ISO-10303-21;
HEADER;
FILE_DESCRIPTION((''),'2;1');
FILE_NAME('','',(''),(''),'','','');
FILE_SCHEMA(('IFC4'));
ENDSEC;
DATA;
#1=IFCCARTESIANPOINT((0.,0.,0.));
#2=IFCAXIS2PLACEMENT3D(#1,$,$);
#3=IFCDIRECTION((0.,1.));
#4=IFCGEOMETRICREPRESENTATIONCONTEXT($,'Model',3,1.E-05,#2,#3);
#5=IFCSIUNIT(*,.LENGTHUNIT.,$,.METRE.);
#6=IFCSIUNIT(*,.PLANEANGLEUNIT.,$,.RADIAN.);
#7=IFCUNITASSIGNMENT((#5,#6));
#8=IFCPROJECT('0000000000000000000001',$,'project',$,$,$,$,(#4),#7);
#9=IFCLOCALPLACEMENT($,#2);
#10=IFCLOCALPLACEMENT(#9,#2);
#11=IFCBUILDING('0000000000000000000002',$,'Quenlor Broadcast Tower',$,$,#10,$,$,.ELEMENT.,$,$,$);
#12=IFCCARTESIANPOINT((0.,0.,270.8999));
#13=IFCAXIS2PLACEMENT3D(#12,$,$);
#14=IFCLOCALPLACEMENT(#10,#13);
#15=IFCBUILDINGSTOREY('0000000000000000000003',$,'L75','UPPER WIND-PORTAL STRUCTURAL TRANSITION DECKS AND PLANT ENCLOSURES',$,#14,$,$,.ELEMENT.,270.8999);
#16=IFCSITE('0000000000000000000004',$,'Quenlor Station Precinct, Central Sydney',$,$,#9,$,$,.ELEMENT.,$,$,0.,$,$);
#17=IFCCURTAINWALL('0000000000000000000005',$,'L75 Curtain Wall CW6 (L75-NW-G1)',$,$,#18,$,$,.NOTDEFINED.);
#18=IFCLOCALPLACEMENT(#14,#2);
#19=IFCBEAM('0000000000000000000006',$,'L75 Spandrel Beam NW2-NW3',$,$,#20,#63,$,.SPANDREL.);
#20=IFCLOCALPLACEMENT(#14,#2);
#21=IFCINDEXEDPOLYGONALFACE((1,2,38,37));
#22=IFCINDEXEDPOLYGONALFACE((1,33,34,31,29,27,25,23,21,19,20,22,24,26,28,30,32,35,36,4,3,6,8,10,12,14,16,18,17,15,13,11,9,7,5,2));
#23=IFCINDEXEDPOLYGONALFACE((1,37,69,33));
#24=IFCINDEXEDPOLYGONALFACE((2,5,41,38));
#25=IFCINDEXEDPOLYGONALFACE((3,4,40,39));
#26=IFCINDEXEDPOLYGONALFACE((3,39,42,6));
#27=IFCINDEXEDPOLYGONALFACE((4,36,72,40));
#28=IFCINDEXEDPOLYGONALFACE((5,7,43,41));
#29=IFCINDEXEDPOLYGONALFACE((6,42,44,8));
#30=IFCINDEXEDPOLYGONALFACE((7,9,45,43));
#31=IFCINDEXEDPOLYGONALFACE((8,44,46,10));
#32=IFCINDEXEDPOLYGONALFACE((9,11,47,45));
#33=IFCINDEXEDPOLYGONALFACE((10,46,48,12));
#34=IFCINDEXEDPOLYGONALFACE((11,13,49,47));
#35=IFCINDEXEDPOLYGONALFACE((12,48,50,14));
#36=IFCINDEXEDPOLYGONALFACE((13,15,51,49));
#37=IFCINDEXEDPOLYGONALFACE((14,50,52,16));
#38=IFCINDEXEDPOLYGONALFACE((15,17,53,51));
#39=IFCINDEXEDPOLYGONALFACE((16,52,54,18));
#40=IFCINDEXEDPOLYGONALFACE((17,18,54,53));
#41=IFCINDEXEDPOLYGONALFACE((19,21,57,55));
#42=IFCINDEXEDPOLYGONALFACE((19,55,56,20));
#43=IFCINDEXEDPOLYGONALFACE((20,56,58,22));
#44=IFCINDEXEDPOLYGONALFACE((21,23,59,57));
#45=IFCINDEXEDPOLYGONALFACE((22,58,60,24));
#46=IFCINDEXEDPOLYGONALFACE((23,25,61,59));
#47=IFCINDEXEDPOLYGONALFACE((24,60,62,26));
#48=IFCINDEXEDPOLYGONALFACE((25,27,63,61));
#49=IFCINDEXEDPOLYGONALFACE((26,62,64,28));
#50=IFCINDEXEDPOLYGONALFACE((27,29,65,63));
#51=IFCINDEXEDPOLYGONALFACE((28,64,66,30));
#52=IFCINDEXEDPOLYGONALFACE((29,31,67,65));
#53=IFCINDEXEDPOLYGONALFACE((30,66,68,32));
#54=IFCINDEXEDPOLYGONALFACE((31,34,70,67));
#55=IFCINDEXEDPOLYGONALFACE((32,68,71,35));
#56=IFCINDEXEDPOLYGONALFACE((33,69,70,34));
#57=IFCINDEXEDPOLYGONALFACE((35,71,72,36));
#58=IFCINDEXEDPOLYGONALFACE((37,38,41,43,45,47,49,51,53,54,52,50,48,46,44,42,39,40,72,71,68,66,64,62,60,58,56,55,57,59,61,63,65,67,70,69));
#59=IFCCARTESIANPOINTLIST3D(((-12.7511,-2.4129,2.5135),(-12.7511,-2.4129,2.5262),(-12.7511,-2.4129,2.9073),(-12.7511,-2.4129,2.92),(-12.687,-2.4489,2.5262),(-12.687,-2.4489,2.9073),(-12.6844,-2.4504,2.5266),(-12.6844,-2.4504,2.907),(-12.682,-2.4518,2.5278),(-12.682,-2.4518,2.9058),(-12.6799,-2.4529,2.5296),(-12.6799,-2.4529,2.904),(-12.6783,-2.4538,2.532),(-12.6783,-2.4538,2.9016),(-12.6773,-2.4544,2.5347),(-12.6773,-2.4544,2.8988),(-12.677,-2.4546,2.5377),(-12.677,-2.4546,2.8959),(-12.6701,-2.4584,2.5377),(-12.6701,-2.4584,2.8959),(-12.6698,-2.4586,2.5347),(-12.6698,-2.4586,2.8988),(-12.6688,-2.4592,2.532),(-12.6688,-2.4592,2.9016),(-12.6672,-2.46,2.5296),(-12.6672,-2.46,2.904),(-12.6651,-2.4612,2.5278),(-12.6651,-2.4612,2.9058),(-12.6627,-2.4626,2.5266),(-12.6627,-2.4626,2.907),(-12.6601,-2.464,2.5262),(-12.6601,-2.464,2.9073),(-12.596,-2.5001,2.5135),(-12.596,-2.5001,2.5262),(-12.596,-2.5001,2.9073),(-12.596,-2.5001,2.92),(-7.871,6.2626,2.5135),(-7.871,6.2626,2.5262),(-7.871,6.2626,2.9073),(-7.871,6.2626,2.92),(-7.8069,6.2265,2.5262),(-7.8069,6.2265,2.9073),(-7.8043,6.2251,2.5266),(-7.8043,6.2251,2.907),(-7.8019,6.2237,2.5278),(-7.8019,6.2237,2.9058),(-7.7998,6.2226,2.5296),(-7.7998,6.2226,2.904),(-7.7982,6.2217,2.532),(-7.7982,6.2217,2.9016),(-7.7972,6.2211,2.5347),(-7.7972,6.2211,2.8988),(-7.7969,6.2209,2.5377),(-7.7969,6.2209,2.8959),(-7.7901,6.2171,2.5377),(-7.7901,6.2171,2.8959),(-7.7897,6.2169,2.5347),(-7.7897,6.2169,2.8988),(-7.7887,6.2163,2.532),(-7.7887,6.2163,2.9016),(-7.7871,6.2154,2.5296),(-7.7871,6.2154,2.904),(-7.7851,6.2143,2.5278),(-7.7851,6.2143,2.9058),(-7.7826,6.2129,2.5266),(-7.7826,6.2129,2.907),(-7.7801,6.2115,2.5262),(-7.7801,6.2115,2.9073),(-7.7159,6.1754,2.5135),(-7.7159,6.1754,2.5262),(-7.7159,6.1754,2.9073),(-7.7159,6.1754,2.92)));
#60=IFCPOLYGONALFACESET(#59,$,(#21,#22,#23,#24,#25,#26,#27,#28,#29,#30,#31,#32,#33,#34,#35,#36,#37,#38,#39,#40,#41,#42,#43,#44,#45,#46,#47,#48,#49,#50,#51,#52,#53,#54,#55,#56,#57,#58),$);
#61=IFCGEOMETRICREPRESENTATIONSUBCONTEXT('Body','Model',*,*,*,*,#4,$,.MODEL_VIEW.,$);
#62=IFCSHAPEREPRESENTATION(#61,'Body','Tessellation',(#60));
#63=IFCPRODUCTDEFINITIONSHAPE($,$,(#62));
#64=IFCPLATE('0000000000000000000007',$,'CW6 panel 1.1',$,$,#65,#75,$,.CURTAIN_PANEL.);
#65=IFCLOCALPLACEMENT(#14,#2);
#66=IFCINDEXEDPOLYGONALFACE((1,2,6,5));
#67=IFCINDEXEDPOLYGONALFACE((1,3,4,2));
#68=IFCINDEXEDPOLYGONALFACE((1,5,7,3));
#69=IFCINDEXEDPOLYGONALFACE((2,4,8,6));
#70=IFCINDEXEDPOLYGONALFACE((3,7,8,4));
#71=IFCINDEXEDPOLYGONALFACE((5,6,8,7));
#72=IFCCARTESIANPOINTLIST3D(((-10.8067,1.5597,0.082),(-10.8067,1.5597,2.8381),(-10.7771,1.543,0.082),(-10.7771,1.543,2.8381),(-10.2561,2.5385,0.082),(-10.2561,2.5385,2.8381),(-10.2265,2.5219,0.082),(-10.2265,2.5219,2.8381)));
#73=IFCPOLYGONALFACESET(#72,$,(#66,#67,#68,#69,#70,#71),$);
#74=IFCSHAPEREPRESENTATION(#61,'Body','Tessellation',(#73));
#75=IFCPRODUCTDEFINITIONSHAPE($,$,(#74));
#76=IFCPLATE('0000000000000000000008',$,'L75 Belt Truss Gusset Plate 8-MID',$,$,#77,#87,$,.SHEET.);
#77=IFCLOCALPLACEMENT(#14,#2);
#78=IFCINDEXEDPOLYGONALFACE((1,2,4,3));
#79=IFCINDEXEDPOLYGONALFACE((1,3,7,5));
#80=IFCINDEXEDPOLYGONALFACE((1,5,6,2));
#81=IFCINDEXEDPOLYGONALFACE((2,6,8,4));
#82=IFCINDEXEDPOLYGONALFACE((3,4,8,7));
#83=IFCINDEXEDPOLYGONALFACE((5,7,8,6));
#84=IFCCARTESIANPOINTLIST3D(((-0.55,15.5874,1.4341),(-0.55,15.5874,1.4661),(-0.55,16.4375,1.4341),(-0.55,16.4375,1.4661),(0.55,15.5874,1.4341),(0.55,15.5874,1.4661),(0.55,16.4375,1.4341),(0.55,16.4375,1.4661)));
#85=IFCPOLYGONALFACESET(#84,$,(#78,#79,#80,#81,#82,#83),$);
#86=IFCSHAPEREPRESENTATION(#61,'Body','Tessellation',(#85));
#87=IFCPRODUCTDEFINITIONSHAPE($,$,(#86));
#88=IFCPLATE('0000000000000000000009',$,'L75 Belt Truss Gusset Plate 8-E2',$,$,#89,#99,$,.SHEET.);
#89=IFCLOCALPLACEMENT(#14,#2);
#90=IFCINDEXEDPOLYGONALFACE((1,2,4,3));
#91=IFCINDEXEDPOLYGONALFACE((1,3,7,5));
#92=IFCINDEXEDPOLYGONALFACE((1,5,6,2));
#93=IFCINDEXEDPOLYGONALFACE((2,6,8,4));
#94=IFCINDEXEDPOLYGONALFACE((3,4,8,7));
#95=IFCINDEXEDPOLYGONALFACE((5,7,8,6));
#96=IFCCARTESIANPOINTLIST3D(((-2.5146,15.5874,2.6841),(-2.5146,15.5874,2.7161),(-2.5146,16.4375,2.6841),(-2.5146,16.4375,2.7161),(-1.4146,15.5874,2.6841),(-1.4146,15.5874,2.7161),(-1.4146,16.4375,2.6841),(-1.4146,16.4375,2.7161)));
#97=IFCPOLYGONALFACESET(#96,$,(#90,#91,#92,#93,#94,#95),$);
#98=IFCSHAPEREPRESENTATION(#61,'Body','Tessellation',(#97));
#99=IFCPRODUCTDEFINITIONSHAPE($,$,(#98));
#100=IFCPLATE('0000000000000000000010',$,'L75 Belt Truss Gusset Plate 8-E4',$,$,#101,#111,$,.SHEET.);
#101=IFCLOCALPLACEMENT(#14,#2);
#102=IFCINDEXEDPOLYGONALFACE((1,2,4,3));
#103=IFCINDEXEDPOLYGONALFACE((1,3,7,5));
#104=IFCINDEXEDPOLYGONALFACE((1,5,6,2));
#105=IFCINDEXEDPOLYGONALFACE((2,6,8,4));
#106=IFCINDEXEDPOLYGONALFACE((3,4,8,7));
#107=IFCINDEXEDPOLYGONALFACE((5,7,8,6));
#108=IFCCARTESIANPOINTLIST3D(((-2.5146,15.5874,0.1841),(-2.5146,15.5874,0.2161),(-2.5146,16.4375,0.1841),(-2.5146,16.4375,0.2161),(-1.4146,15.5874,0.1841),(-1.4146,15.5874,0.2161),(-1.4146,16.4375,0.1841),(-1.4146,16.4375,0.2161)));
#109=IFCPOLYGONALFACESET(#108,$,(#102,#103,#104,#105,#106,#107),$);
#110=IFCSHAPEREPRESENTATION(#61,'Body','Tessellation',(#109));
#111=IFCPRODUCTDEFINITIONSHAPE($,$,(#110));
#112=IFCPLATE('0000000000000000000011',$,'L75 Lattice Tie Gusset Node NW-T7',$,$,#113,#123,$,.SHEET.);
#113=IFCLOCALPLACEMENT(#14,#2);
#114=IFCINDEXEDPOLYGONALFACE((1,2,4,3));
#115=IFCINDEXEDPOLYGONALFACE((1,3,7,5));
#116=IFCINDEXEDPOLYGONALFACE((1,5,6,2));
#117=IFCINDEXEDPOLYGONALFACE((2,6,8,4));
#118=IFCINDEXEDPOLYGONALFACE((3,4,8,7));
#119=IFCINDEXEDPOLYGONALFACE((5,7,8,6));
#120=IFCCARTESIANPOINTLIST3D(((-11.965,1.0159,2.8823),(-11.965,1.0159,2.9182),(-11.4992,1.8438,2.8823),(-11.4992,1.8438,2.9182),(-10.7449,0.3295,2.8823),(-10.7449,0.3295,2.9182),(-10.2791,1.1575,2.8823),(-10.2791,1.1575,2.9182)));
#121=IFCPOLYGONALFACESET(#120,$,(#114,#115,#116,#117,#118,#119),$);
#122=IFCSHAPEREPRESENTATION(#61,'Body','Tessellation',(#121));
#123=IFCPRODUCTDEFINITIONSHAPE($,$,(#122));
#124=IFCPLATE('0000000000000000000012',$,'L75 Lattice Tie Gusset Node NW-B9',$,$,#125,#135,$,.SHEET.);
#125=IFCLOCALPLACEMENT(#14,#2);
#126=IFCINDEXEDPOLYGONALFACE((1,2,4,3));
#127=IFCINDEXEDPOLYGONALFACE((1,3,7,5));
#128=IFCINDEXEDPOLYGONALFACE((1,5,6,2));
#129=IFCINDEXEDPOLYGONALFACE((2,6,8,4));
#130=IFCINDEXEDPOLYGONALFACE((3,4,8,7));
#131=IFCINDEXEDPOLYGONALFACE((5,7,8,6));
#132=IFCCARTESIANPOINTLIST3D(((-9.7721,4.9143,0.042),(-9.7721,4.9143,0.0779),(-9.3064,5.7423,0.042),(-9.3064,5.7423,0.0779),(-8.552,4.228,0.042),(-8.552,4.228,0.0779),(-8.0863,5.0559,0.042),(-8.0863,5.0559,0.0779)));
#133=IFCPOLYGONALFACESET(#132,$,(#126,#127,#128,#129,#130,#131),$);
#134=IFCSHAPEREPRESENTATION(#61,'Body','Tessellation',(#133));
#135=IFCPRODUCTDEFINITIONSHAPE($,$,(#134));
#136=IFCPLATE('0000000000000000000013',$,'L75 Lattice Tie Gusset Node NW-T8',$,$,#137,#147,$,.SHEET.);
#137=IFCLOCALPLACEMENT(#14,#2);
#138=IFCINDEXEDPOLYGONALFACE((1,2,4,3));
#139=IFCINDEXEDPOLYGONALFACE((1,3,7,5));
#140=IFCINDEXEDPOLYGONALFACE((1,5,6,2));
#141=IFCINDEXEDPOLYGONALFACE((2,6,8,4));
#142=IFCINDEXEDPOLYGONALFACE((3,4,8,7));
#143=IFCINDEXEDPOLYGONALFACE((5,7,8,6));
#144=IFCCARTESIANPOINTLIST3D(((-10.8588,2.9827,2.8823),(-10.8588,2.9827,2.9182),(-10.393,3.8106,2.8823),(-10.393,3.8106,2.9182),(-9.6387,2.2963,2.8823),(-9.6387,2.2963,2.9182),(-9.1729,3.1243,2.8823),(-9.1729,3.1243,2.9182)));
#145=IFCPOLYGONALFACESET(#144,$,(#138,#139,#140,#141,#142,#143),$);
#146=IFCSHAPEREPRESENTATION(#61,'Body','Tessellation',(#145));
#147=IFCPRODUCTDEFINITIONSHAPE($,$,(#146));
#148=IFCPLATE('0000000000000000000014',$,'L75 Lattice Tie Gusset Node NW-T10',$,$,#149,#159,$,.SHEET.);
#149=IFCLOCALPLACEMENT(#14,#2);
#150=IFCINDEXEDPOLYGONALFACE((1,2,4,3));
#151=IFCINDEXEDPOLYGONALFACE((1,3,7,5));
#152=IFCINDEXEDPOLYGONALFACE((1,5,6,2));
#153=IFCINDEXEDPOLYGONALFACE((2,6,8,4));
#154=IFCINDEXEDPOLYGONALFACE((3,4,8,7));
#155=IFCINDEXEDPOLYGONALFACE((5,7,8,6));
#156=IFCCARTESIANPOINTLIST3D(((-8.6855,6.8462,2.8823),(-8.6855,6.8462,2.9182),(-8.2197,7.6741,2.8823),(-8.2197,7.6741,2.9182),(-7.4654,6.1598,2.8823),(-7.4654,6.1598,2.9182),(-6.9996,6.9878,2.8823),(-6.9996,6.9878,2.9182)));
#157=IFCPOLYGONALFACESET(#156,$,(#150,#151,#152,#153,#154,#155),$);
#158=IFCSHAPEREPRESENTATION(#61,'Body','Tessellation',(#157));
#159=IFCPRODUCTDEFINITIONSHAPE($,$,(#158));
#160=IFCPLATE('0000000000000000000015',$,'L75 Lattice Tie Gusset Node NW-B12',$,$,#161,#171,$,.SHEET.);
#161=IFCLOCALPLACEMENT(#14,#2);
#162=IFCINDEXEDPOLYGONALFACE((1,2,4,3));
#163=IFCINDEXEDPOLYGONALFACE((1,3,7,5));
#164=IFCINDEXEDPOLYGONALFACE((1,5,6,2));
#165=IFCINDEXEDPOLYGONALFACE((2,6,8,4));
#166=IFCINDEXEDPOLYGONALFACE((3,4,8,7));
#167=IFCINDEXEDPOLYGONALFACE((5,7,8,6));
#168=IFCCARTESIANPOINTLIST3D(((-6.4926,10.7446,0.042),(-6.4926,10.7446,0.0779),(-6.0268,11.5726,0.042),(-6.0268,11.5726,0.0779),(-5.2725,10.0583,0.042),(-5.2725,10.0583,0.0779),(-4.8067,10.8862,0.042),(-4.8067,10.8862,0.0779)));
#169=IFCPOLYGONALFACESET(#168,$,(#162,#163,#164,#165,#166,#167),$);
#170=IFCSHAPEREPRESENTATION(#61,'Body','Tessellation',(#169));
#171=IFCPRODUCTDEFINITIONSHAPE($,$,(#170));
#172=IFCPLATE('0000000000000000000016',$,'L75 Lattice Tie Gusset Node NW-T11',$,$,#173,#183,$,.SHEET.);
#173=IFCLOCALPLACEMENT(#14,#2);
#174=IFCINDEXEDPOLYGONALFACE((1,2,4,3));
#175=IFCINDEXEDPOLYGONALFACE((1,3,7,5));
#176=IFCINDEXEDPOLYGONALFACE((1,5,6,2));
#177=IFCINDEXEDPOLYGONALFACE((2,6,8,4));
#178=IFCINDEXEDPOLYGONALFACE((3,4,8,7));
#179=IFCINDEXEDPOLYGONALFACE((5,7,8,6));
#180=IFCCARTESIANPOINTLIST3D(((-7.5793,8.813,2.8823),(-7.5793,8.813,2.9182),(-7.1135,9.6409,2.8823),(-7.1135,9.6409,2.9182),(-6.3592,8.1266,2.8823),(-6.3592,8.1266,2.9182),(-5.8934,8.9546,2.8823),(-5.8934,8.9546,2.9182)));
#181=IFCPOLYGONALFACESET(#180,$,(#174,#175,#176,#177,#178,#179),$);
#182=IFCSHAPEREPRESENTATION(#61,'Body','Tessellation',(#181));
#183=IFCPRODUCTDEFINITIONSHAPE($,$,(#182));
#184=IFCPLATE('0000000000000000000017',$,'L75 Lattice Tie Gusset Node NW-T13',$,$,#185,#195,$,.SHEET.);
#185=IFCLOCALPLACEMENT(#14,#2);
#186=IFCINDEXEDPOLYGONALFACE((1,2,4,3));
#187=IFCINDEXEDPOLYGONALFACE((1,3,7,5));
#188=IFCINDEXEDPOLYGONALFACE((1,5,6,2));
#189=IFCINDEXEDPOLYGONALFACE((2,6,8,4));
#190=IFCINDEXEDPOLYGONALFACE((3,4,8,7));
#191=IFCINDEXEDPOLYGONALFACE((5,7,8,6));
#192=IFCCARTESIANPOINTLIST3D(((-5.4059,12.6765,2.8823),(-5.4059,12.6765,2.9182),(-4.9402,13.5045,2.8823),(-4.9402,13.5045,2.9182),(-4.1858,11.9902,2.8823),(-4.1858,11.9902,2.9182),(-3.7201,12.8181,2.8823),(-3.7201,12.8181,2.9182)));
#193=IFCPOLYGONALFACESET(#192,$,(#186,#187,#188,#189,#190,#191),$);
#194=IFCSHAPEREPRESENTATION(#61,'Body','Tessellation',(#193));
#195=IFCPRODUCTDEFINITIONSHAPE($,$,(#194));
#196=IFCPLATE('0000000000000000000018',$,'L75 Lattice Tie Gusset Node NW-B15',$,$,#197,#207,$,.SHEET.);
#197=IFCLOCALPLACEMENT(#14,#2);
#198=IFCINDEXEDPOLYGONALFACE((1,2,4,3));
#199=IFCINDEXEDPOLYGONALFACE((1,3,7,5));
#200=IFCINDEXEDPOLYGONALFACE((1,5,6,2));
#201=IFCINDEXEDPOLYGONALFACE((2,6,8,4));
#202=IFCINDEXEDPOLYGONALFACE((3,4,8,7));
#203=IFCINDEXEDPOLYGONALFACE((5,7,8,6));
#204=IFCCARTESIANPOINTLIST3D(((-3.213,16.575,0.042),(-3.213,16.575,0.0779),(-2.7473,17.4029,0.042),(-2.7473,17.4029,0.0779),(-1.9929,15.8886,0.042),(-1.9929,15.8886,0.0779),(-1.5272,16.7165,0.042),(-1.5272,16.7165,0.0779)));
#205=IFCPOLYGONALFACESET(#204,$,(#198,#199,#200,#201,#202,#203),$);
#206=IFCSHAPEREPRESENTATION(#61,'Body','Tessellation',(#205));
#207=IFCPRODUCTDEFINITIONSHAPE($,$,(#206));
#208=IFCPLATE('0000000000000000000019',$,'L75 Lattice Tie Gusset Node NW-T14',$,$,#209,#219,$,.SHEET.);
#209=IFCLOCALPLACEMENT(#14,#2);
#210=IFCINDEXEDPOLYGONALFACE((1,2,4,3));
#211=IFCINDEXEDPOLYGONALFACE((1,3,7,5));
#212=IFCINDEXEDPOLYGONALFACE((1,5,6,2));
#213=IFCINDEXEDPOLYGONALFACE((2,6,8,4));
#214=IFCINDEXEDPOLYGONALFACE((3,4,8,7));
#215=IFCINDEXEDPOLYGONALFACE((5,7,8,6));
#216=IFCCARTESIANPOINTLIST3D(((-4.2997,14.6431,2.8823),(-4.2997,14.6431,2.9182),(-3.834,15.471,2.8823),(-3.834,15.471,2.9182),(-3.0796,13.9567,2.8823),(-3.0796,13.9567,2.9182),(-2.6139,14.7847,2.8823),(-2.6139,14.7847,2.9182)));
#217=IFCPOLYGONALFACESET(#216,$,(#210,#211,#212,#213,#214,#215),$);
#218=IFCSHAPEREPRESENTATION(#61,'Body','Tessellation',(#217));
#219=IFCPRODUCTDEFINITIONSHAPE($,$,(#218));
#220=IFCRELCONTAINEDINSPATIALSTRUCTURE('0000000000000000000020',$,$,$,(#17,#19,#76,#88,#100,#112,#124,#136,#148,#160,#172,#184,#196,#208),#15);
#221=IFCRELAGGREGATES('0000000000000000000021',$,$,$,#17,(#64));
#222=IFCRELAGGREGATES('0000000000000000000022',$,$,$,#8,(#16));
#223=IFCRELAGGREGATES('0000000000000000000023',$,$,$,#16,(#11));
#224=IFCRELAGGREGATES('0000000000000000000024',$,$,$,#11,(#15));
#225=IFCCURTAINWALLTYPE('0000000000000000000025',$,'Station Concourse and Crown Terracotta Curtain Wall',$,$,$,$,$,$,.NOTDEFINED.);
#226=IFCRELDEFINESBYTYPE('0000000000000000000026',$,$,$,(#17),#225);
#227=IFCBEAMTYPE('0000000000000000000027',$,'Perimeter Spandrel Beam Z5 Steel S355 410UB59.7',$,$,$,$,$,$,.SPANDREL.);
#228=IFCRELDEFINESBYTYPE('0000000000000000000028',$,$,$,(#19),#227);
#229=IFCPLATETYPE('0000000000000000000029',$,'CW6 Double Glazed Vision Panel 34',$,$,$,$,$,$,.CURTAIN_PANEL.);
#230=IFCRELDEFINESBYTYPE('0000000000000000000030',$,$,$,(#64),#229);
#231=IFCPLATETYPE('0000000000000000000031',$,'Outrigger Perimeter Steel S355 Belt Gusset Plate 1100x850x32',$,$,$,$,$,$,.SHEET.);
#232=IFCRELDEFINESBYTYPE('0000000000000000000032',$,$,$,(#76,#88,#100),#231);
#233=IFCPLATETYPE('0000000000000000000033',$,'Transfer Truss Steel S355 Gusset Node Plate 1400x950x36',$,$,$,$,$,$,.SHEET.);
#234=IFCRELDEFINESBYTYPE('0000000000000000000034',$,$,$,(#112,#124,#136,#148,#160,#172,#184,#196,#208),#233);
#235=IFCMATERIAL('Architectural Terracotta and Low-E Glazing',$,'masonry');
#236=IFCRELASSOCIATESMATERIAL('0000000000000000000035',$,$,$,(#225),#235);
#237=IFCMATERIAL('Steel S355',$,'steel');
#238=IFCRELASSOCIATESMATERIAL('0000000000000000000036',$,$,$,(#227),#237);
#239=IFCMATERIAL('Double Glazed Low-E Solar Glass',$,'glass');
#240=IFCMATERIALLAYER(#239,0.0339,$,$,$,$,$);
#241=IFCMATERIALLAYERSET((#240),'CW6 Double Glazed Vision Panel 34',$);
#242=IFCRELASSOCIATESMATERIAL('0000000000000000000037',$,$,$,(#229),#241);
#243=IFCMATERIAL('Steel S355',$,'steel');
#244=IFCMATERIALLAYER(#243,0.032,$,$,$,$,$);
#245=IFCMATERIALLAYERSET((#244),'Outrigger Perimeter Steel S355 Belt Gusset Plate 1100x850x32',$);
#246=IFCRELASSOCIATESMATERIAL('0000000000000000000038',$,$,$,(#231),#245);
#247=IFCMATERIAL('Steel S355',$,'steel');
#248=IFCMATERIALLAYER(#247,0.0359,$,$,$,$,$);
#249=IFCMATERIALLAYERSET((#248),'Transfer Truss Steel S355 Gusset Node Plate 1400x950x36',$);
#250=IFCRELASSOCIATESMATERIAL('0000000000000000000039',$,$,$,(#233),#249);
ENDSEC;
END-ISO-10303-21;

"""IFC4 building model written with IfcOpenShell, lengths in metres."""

from ifc_helpers import new_model, si_unit, direction, frame, origin, origin_2d, place, context, subcontext, project, spatial, rectangle, i_section, extrude, material, layer, layer_set, material_profile, profile_set, type_object, element, aggregate, save


model = new_model("IFC4")

# Units and contexts
model_context = context("Model", 3, precision=1e-05, world=origin(), true_north=direction((0.0, 1.0)))
body_context = subcontext(model_context, "Body", "Model", "MODEL_VIEW")
ifc_project = project(units=[si_unit("LENGTHUNIT", "METRE"), si_unit("PLANEANGLEUNIT", "RADIAN")], contexts=[model_context])

# Site, building, storey
site_placement = place(None, origin())
site = spatial("IfcSite", under=ifc_project, at=site_placement, Name="Quenlor Station Precinct, Central Sydney", CompositionType="ELEMENT", RefElevation=0.0)
building_placement = place(site_placement, origin())
building = spatial("IfcBuilding", under=site, at=building_placement, Name="Quenlor Broadcast Tower", CompositionType="ELEMENT")
storey_placement = place(building_placement, frame((0.0, 0.0, 270.8999)))
storey = spatial("IfcBuildingStorey", under=building, at=storey_placement, Name="L75", Description="UPPER WIND-PORTAL STRUCTURAL TRANSITION DECKS AND PLANT ENCLOSURES", CompositionType="ELEMENT", Elevation=270.8999)

# Curtain wall
ifc_material_1 = material(Name="Architectural Terracotta and Low-E Glazing", Category="masonry")
curtain_wall_type = type_object("IfcCurtainWallType", Name="Station Concourse and Crown Terracotta Curtain Wall", PredefinedType="NOTDEFINED", material=ifc_material_1)
curtain_wall_placement = place(storey_placement, origin())
curtain_wall = element("IfcCurtainWall", 1, at=curtain_wall_placement, inside=storey, type_object=curtain_wall_type, Name="L75 Curtain Wall CW6 (L75-NW-G1)", PredefinedType="NOTDEFINED")

# Beam
ifc_material_2 = material(Name="Steel S355", Category="steel")
ifc_material_profile_1 = material_profile(ifc_material_2, i_section(OverallWidth=0.178, OverallDepth=0.4065, WebThickness=0.0078, FlangeThickness=0.0127, FilletRadius=0.0115, at=origin_2d()))
ifc_profile_set_1 = profile_set([ifc_material_profile_1], Name="Steel S355 410UB59.7")
beam_type_1 = type_object("IfcBeamType", Name="Perimeter Spandrel Beam Z5 Steel S355 410UB59.7", PredefinedType="SPANDREL", material=ifc_profile_set_1)
beam_1_placement = place(storey_placement, frame((-7.7935, 6.219, 2.7168), z_axis=(-0.490272, -0.87157, 0.0), x_axis=(0.87157, -0.490272, 0.0)))
element("IfcBeam", 2, at=beam_1_placement, inside=storey, type_object=beam_type_1, Name="L75 Spandrel Beam NW2-NW3", PredefinedType="SPANDREL", context=body_context, shape_type="SweptSolid", body=[
    extrude(i_section(OverallWidth=0.178, OverallDepth=0.4065, WebThickness=0.0078, FlangeThickness=0.0127, FilletRadius=0.0115, at=origin_2d()), origin(), (0.0, 0.0, 1.0), 9.9539),
])

# Plate
ifc_material_3 = material(Name="Double Glazed Low-E Solar Glass", Category="glass")
ifc_layer_1 = layer(ifc_material_3, 0.0339)
ifc_layer_set_1 = layer_set([ifc_layer_1], Name="CW6 Double Glazed Vision Panel 34")
plate_type_1 = type_object("IfcPlateType", Name="CW6 Double Glazed Vision Panel 34", PredefinedType="CURTAIN_PANEL", material=ifc_layer_set_1)
plate_placement = place(storey_placement, frame((-10.5166, 2.0408, 0.082), z_axis=(0.0, 0.0, 1.0), x_axis=(0.490254, 0.87158, 0.0)))
plate = element("IfcPlate", 3, at=plate_placement, type_object=plate_type_1, Name="CW6 panel 1.1", PredefinedType="CURTAIN_PANEL", context=body_context, shape_type="SweptSolid", body=[
    extrude(rectangle(XDim=1.123, YDim=0.0339, at=origin_2d()), origin(), (0.0, 0.0, 1.0), 2.7561),
])
aggregate(curtain_wall, [plate])

# Plates
ifc_material_4 = material(Name="Steel S355", Category="steel")
ifc_layer_2 = layer(ifc_material_4, 0.032)
ifc_layer_set_2 = layer_set([ifc_layer_2], Name="Outrigger Perimeter Steel S355 Belt Gusset Plate 1100x850x32")
plate_type_2 = type_object("IfcPlateType", Name="Outrigger Perimeter Steel S355 Belt Gusset Plate 1100x850x32", PredefinedType="SHEET", material=ifc_layer_set_2)
for number, where, z_axis, x_axis, name in (
    (4, (0.0, 16.0125, 1.4341), (0.0, 0.0, 1.0), (1.0, 0.0, 0.0), "L75 Belt Truss Gusset Plate 8-MID"),
    (5, (-1.9646, 16.0125, 2.6841), (0.0, 0.0, 1.0), (1.0, 0.0, 0.0), "L75 Belt Truss Gusset Plate 8-E2"),
    (6, (-1.9646, 16.0125, 0.1841), (0.0, 0.0, 1.0), (1.0, 0.0, 0.0), "L75 Belt Truss Gusset Plate 8-E4"),
):
    element("IfcPlate", number, at=place(storey_placement, frame(where, z_axis=z_axis, x_axis=x_axis)), inside=storey, type_object=plate_type_2, Name=name, PredefinedType="SHEET", context=body_context, shape_type="SweptSolid", body=[
        extrude(rectangle(XDim=1.1001, YDim=0.8501, at=origin_2d()), origin(), (0.0, 0.0, 1.0), 0.032),
    ])
ifc_material_5 = material(Name="Steel S355", Category="steel")
ifc_layer_3 = layer(ifc_material_5, 0.0359)
ifc_layer_set_3 = layer_set([ifc_layer_3], Name="Transfer Truss Steel S355 Gusset Node Plate 1400x950x36")
plate_type_3 = type_object("IfcPlateType", Name="Transfer Truss Steel S355 Gusset Node Plate 1400x950x36", PredefinedType="SHEET", material=ifc_layer_set_3)
for number, where, z_axis, x_axis, name in (
    (7, (-11.1221, 1.0867, 2.8823), (0.0, 0.0, 1.0), (-0.871556, 0.490295, 0.0), "L75 Lattice Tie Gusset Node NW-T7"),
    (8, (-8.9292, 4.9851, 0.042), (0.0, 0.0, 1.0), (-0.871556, 0.490295, 0.0), "L75 Lattice Tie Gusset Node NW-B9"),
    (9, (-10.0159, 3.0535, 2.8823), (0.0, 0.0, 1.0), (-0.871556, 0.490295, 0.0), "L75 Lattice Tie Gusset Node NW-T8"),
    (10, (-7.8425, 6.917, 2.8823), (0.0, 0.0, 1.0), (-0.871556, 0.490295, 0.0), "L75 Lattice Tie Gusset Node NW-T10"),
    (11, (-5.6497, 10.8154, 0.042), (0.0, 0.0, 1.0), (-0.871556, 0.490295, 0.0), "L75 Lattice Tie Gusset Node NW-B12"),
    (12, (-6.7363, 8.8838, 2.8823), (0.0, 0.0, 1.0), (-0.871556, 0.490295, 0.0), "L75 Lattice Tie Gusset Node NW-T11"),
    (13, (-4.563, 12.7473, 2.8823), (0.0, 0.0, 1.0), (-0.871556, 0.490295, 0.0), "L75 Lattice Tie Gusset Node NW-T13"),
    (14, (-2.3701, 16.6458, 0.042), (0.0, 0.0, 1.0), (-0.871556, 0.490295, 0.0), "L75 Lattice Tie Gusset Node NW-B15"),
    (15, (-3.4568, 14.7139, 2.8823), (0.0, 0.0, 1.0), (-0.871556, 0.490295, 0.0), "L75 Lattice Tie Gusset Node NW-T14"),
):
    element("IfcPlate", number, at=place(storey_placement, frame(where, z_axis=z_axis, x_axis=x_axis)), inside=storey, type_object=plate_type_3, Name=name, PredefinedType="SHEET", context=body_context, shape_type="SweptSolid", body=[
        extrude(rectangle(XDim=1.3999, YDim=0.95, at=origin_2d()), origin(), (0.0, 0.0, 1.0), 0.0359),
    ])

save(model, "model.ifc")
